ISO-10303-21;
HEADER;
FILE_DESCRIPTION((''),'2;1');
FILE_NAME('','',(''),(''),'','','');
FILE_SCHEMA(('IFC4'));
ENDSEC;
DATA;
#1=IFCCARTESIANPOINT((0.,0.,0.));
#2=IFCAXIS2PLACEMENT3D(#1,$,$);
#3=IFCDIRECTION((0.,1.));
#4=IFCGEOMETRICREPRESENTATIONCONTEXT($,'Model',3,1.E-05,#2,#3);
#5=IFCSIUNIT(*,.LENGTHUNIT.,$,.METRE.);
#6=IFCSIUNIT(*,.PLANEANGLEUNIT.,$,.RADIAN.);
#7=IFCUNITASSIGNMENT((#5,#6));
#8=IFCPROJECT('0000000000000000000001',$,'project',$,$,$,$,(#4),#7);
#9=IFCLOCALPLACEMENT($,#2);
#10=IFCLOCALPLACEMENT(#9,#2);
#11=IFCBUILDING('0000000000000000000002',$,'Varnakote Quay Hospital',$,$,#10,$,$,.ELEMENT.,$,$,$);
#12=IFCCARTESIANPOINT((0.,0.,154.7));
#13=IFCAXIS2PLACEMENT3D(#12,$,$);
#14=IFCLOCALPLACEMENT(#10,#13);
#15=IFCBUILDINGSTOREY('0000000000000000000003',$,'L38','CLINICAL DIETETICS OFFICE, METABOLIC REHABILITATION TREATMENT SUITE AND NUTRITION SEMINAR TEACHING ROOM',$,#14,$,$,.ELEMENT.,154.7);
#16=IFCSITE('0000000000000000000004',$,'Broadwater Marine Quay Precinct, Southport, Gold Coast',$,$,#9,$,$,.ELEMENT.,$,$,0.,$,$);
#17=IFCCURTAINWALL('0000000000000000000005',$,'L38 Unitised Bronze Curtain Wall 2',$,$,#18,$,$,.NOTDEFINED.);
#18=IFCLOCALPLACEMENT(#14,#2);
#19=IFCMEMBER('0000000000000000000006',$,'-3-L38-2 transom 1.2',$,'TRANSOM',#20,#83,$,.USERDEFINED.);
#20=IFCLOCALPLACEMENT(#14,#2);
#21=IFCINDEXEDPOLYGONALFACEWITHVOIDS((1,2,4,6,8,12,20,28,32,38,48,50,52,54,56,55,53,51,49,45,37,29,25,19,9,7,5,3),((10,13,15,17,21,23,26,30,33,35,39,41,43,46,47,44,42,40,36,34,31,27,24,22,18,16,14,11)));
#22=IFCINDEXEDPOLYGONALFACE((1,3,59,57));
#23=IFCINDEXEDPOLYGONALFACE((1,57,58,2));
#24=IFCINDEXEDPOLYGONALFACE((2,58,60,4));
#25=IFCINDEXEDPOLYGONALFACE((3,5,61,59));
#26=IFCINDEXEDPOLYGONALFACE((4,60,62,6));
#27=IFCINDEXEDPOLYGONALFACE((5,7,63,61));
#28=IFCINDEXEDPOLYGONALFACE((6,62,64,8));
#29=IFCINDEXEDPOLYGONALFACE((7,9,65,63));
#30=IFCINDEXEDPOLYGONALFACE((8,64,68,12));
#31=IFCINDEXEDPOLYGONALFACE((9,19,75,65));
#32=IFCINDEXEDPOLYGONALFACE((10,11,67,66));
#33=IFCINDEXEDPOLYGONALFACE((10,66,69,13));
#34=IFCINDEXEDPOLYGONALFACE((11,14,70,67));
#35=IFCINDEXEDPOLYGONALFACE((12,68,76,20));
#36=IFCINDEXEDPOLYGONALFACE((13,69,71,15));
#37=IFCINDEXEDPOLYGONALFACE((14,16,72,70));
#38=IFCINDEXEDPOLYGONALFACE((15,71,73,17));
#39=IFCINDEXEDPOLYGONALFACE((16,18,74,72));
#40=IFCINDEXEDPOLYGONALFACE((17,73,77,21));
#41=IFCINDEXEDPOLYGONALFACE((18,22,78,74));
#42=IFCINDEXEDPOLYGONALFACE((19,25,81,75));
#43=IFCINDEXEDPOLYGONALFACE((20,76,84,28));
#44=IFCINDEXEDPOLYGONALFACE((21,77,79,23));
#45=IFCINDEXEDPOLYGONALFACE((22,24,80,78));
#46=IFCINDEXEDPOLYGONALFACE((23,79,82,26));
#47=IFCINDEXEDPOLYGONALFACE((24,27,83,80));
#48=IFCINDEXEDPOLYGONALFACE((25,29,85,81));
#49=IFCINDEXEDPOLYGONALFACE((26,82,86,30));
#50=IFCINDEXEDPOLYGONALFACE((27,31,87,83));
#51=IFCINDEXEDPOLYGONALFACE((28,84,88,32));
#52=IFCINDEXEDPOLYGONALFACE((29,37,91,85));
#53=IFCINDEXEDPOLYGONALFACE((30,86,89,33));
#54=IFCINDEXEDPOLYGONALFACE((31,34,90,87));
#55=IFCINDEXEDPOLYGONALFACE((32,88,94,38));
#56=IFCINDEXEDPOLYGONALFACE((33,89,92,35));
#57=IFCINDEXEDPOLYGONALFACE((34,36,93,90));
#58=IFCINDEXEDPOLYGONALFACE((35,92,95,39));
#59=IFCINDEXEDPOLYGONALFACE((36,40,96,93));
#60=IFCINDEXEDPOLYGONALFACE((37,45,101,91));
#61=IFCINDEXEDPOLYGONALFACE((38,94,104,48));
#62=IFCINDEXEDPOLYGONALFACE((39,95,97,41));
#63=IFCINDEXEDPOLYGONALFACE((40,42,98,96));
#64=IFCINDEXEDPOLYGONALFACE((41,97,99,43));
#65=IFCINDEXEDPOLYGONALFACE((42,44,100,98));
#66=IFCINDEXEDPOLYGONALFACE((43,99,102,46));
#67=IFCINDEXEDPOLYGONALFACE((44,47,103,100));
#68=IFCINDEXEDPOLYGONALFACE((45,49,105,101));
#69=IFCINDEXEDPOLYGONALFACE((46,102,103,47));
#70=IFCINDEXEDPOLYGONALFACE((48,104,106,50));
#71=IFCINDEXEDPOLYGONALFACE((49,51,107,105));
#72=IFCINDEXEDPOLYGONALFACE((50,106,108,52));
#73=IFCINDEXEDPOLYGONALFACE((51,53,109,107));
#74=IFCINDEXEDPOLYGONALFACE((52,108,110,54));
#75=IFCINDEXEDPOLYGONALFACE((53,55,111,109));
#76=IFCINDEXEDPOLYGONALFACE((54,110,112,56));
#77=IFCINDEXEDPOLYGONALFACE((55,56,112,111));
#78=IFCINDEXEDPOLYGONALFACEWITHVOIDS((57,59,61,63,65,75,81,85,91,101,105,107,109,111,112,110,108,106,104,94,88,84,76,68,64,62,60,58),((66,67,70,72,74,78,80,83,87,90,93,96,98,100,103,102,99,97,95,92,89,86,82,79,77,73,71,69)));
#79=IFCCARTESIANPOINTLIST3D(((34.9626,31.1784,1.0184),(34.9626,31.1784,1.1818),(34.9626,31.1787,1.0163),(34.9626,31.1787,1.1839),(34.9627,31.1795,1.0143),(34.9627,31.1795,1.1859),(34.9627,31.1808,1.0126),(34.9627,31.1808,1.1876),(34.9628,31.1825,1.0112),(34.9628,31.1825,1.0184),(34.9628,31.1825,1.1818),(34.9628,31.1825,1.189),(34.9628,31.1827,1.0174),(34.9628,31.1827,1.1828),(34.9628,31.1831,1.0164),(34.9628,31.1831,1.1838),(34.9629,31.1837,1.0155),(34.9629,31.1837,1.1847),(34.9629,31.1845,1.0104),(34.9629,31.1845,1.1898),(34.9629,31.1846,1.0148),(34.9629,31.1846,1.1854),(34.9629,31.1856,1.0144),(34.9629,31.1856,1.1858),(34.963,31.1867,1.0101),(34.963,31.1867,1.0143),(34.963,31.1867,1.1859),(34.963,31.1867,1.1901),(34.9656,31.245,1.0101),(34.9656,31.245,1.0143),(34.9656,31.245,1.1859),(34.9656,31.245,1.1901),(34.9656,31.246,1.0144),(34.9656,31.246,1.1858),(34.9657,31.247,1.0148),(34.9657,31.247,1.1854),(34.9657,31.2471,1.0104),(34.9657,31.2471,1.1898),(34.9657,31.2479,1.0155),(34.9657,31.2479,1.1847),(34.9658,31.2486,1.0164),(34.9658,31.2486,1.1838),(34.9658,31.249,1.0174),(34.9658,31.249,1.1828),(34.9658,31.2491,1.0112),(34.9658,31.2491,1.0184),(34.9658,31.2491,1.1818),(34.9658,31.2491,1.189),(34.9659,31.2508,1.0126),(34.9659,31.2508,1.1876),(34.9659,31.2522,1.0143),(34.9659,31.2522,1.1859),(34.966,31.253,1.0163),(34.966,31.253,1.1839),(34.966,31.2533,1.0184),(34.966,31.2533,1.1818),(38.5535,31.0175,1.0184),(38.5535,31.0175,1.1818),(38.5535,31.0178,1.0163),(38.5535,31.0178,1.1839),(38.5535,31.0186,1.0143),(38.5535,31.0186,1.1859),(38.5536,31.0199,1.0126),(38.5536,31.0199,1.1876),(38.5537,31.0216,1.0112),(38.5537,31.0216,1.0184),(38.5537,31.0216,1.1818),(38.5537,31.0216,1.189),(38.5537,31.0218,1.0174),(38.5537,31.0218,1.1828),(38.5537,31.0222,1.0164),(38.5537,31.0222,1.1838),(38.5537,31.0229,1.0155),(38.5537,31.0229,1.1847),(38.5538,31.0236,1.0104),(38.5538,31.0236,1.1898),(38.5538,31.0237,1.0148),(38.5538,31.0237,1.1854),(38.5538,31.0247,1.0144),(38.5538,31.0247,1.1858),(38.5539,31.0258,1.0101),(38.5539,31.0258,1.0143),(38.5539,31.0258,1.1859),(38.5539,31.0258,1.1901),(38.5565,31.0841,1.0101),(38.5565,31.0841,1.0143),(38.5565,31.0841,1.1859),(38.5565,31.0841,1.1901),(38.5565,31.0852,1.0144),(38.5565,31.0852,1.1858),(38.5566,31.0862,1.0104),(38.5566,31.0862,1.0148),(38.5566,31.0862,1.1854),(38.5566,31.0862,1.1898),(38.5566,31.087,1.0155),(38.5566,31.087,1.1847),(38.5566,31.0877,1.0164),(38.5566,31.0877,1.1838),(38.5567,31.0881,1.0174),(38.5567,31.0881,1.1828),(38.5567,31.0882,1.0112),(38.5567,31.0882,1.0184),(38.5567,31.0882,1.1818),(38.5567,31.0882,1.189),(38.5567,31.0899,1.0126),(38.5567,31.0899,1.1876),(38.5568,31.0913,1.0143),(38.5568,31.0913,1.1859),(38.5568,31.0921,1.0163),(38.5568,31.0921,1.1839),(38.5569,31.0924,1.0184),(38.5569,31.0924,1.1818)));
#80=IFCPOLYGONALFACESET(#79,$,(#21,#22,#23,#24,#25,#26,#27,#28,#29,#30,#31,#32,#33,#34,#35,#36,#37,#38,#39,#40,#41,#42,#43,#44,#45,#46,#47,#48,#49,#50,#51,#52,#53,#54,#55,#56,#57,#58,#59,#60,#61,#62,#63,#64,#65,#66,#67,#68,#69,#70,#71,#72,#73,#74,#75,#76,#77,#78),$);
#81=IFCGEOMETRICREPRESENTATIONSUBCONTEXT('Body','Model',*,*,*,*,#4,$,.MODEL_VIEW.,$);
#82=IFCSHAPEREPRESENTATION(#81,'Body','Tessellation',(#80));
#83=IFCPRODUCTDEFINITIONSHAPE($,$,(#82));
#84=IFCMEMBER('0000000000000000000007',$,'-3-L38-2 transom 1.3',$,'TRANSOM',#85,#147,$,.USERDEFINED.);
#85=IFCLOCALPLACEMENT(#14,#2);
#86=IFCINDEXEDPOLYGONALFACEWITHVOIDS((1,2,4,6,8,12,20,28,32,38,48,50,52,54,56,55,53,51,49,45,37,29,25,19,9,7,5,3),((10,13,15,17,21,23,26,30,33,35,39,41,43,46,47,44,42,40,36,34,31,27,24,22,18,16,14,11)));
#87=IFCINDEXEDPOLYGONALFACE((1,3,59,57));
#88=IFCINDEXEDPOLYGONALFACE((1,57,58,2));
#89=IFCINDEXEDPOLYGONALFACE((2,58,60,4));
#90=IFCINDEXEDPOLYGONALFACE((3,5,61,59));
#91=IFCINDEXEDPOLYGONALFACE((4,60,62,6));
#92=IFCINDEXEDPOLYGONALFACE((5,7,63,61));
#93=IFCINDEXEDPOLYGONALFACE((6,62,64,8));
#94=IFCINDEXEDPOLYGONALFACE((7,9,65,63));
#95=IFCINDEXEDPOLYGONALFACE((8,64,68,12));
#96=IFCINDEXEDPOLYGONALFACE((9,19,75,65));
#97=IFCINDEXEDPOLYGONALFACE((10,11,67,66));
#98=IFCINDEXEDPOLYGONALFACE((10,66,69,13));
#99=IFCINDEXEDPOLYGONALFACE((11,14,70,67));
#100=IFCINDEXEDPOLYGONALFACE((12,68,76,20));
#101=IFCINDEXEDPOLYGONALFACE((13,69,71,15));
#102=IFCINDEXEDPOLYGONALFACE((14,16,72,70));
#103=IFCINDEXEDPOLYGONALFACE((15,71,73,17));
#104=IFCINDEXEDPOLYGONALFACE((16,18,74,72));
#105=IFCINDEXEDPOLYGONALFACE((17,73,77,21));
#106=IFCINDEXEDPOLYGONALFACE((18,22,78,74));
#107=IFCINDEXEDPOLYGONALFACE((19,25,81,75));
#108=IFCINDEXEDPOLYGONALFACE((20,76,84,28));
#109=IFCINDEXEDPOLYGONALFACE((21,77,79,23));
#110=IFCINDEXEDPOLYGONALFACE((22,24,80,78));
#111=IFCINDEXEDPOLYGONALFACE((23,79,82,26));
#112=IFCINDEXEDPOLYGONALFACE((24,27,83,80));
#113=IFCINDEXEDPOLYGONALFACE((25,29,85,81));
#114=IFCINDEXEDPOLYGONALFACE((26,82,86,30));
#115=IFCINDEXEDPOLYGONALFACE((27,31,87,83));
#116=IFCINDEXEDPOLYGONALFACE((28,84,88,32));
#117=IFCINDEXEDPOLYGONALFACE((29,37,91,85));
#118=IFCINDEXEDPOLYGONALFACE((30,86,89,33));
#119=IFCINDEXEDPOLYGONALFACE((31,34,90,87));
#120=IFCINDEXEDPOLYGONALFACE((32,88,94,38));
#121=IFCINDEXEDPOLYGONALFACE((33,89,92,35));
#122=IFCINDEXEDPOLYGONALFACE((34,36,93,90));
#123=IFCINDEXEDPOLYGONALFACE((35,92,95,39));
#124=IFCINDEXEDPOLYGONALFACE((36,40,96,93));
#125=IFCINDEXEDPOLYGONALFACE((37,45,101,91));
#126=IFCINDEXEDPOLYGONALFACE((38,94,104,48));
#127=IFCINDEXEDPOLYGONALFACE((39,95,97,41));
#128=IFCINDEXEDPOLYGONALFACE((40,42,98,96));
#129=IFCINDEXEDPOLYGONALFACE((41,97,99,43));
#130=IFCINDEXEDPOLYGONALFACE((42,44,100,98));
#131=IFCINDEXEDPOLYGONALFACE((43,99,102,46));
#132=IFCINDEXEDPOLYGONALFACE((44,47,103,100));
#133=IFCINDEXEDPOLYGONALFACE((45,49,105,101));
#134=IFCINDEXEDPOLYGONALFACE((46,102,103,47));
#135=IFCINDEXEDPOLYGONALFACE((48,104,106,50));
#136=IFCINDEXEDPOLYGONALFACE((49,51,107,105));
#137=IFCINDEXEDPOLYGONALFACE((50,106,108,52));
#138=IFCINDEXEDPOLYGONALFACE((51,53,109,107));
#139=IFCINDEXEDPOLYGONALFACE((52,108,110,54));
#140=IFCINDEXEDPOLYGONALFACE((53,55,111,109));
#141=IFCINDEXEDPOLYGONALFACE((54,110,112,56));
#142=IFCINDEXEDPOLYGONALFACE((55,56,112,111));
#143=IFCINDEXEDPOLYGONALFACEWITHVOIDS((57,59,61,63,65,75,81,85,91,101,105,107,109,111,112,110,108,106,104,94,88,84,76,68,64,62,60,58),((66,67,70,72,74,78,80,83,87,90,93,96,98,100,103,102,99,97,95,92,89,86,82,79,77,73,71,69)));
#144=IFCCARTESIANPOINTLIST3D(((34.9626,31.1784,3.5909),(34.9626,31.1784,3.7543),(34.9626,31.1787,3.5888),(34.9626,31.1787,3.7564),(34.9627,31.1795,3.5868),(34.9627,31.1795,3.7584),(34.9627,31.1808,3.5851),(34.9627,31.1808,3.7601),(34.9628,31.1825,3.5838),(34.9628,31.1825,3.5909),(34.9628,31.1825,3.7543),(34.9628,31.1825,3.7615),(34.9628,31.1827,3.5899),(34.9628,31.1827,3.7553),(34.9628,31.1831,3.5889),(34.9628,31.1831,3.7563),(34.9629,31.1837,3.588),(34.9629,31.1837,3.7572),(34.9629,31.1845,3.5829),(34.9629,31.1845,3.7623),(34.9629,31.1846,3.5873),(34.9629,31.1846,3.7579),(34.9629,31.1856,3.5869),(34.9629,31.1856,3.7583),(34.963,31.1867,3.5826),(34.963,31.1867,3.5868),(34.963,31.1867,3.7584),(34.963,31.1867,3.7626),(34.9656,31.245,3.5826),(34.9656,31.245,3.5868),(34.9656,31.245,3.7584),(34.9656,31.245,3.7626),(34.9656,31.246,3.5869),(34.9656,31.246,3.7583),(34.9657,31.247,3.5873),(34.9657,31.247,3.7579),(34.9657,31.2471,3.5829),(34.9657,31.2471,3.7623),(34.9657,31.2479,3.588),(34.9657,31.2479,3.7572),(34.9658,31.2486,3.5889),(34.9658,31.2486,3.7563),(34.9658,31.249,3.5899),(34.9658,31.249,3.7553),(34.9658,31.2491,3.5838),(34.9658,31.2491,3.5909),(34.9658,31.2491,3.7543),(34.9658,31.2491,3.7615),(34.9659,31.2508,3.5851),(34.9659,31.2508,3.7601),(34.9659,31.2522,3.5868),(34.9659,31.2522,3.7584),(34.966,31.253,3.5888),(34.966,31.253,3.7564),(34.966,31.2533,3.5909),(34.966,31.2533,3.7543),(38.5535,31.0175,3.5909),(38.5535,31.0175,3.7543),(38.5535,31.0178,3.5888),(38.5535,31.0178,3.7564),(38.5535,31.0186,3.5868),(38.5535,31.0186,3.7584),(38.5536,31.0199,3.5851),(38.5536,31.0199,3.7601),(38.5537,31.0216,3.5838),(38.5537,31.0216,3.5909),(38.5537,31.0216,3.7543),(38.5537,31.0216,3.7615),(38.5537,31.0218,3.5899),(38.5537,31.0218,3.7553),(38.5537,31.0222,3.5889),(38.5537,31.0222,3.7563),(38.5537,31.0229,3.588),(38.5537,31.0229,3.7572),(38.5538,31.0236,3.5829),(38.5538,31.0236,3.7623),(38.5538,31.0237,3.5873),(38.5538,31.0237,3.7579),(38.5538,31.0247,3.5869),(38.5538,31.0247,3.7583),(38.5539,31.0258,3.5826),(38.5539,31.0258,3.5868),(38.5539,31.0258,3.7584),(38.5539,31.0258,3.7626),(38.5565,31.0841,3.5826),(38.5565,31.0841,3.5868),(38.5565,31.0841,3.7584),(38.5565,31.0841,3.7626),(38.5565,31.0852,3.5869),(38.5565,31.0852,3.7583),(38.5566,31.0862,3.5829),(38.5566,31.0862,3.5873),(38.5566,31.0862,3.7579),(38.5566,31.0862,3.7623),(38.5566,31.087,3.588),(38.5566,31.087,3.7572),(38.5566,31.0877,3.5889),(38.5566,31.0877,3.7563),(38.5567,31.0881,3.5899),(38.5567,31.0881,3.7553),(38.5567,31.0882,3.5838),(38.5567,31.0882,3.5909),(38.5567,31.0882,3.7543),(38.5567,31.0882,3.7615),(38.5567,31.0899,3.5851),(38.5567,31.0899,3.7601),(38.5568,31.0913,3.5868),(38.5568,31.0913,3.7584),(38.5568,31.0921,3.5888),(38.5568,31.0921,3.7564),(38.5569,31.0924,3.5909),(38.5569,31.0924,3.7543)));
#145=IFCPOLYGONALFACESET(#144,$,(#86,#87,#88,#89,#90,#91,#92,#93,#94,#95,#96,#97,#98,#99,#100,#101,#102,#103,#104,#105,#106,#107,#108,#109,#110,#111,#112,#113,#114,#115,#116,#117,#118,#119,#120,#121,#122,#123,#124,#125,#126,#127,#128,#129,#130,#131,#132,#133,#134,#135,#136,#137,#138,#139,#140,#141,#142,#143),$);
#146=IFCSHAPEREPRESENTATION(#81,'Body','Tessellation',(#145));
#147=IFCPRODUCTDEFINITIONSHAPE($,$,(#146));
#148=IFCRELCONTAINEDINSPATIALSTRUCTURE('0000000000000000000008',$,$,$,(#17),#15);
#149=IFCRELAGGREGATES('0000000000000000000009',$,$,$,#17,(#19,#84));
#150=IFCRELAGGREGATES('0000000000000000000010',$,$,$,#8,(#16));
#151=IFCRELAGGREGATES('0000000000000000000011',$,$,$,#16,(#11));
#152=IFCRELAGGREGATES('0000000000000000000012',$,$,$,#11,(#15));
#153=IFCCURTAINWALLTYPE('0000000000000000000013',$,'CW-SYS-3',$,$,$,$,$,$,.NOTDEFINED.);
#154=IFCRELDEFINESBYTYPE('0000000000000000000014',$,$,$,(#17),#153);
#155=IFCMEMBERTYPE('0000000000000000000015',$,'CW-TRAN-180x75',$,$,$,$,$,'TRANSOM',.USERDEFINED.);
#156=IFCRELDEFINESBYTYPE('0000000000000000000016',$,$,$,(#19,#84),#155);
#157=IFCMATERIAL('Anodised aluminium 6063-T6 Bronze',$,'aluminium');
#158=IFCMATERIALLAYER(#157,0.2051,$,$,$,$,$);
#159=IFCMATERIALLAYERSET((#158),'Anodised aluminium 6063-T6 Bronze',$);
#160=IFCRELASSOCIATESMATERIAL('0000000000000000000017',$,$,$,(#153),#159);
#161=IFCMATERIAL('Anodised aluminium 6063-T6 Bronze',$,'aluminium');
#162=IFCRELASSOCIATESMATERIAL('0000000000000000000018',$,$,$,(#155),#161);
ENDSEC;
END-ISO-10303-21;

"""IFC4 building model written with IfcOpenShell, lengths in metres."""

from ifc_helpers import new_model, si_unit, direction, frame, origin, origin_2d, place, context, subcontext, project, spatial, hollow_rectangle, extrude, material, layer, layer_set, material_profile, profile_set, type_object, element, aggregate, save


model = new_model("IFC4")

# Units and contexts
model_context = context("Model", 3, precision=1e-05, world=origin(), true_north=direction((0.0, 1.0)))
body_context = subcontext(model_context, "Body", "Model", "MODEL_VIEW")
ifc_project = project(units=[si_unit("LENGTHUNIT", "METRE"), si_unit("PLANEANGLEUNIT", "RADIAN")], contexts=[model_context])

# Site, building, storey
site_placement = place(None, origin())
site = spatial("IfcSite", under=ifc_project, at=site_placement, Name="Broadwater Marine Quay Precinct, Southport, Gold Coast", CompositionType="ELEMENT", RefElevation=0.0)
building_placement = place(site_placement, origin())
building = spatial("IfcBuilding", under=site, at=building_placement, Name="Varnakote Quay Hospital", CompositionType="ELEMENT")
storey_placement = place(building_placement, frame((0.0, 0.0, 154.7)))
storey = spatial("IfcBuildingStorey", under=building, at=storey_placement, Name="L38", Description="CLINICAL DIETETICS OFFICE, METABOLIC REHABILITATION TREATMENT SUITE AND NUTRITION SEMINAR TEACHING ROOM", CompositionType="ELEMENT", Elevation=154.7)

# Shared definitions
ifc_material_1 = material(Name="Anodised aluminium 6063-T6 Bronze", Category="aluminium")
ifc_layer_1 = layer(ifc_material_1, 0.2051)
ifc_layer_set_1 = layer_set([ifc_layer_1], Name="Anodised aluminium 6063-T6 Bronze")
curtain_wall_type = type_object("IfcCurtainWallType", Name="CW-SYS-3", PredefinedType="NOTDEFINED", material=ifc_layer_set_1)

# Curtain wall, members
curtain_wall_1_placement = place(storey_placement, origin())
curtain_wall_1 = element("IfcCurtainWall", 1, at=curtain_wall_1_placement, inside=storey, type_object=curtain_wall_type, Name="L38 Unitised Bronze Curtain Wall 2", PredefinedType="NOTDEFINED")
ifc_material_2 = material(Name="Anodised aluminium 6063-T6 Bronze", Category="aluminium")
ifc_material_profile_1 = material_profile(ifc_material_2, hollow_rectangle(XDim=0.075, YDim=0.1799, WallThickness=0.0042, InnerFilletRadius=0.0042, OuterFilletRadius=0.0083, at=origin_2d()), Name="CW-TRAN-180x75")
ifc_profile_set_1 = profile_set([ifc_material_profile_1], Name="Anodised aluminium 6063-T6 Bronze")
member_type_1 = type_object("IfcMemberType", Name="CW-TRAN-180x75", ElementType="TRANSOM", PredefinedType="USERDEFINED", material=ifc_profile_set_1)
member_1_placement = place(storey_placement, frame((38.5552, 31.0549, 1.1001), z_axis=(-0.998998, 0.044761, 0.0), x_axis=(-0.044761, -0.998998, 0.0)))
member_1 = element("IfcMember", 2, at=member_1_placement, type_object=member_type_1, Name="-3-L38-2 transom 1.2", ObjectType="TRANSOM", PredefinedType="USERDEFINED", context=body_context, shape_type="SweptSolid", body=[
    extrude(hollow_rectangle(XDim=0.075, YDim=0.1799, WallThickness=0.0042, InnerFilletRadius=0.0042, OuterFilletRadius=0.0083, at=origin_2d()), origin(), (0.0, 0.0, 1.0), 3.5945),
])
member_2_placement = place(storey_placement, frame((38.5552, 31.0549, 3.6726), z_axis=(-0.998998, 0.044761, 0.0), x_axis=(-0.044761, -0.998998, 0.0)))
member_2 = element("IfcMember", 3, at=member_2_placement, type_object=member_type_1, Name="-3-L38-2 transom 1.3", ObjectType="TRANSOM", PredefinedType="USERDEFINED", context=body_context, shape_type="SweptSolid", body=[
    extrude(hollow_rectangle(XDim=0.075, YDim=0.1799, WallThickness=0.0042, InnerFilletRadius=0.0042, OuterFilletRadius=0.0083, at=origin_2d()), origin(), (0.0, 0.0, 1.0), 3.5945),
])

aggregate(curtain_wall_1, [member_1, member_2])

save(model, "model.ifc")
